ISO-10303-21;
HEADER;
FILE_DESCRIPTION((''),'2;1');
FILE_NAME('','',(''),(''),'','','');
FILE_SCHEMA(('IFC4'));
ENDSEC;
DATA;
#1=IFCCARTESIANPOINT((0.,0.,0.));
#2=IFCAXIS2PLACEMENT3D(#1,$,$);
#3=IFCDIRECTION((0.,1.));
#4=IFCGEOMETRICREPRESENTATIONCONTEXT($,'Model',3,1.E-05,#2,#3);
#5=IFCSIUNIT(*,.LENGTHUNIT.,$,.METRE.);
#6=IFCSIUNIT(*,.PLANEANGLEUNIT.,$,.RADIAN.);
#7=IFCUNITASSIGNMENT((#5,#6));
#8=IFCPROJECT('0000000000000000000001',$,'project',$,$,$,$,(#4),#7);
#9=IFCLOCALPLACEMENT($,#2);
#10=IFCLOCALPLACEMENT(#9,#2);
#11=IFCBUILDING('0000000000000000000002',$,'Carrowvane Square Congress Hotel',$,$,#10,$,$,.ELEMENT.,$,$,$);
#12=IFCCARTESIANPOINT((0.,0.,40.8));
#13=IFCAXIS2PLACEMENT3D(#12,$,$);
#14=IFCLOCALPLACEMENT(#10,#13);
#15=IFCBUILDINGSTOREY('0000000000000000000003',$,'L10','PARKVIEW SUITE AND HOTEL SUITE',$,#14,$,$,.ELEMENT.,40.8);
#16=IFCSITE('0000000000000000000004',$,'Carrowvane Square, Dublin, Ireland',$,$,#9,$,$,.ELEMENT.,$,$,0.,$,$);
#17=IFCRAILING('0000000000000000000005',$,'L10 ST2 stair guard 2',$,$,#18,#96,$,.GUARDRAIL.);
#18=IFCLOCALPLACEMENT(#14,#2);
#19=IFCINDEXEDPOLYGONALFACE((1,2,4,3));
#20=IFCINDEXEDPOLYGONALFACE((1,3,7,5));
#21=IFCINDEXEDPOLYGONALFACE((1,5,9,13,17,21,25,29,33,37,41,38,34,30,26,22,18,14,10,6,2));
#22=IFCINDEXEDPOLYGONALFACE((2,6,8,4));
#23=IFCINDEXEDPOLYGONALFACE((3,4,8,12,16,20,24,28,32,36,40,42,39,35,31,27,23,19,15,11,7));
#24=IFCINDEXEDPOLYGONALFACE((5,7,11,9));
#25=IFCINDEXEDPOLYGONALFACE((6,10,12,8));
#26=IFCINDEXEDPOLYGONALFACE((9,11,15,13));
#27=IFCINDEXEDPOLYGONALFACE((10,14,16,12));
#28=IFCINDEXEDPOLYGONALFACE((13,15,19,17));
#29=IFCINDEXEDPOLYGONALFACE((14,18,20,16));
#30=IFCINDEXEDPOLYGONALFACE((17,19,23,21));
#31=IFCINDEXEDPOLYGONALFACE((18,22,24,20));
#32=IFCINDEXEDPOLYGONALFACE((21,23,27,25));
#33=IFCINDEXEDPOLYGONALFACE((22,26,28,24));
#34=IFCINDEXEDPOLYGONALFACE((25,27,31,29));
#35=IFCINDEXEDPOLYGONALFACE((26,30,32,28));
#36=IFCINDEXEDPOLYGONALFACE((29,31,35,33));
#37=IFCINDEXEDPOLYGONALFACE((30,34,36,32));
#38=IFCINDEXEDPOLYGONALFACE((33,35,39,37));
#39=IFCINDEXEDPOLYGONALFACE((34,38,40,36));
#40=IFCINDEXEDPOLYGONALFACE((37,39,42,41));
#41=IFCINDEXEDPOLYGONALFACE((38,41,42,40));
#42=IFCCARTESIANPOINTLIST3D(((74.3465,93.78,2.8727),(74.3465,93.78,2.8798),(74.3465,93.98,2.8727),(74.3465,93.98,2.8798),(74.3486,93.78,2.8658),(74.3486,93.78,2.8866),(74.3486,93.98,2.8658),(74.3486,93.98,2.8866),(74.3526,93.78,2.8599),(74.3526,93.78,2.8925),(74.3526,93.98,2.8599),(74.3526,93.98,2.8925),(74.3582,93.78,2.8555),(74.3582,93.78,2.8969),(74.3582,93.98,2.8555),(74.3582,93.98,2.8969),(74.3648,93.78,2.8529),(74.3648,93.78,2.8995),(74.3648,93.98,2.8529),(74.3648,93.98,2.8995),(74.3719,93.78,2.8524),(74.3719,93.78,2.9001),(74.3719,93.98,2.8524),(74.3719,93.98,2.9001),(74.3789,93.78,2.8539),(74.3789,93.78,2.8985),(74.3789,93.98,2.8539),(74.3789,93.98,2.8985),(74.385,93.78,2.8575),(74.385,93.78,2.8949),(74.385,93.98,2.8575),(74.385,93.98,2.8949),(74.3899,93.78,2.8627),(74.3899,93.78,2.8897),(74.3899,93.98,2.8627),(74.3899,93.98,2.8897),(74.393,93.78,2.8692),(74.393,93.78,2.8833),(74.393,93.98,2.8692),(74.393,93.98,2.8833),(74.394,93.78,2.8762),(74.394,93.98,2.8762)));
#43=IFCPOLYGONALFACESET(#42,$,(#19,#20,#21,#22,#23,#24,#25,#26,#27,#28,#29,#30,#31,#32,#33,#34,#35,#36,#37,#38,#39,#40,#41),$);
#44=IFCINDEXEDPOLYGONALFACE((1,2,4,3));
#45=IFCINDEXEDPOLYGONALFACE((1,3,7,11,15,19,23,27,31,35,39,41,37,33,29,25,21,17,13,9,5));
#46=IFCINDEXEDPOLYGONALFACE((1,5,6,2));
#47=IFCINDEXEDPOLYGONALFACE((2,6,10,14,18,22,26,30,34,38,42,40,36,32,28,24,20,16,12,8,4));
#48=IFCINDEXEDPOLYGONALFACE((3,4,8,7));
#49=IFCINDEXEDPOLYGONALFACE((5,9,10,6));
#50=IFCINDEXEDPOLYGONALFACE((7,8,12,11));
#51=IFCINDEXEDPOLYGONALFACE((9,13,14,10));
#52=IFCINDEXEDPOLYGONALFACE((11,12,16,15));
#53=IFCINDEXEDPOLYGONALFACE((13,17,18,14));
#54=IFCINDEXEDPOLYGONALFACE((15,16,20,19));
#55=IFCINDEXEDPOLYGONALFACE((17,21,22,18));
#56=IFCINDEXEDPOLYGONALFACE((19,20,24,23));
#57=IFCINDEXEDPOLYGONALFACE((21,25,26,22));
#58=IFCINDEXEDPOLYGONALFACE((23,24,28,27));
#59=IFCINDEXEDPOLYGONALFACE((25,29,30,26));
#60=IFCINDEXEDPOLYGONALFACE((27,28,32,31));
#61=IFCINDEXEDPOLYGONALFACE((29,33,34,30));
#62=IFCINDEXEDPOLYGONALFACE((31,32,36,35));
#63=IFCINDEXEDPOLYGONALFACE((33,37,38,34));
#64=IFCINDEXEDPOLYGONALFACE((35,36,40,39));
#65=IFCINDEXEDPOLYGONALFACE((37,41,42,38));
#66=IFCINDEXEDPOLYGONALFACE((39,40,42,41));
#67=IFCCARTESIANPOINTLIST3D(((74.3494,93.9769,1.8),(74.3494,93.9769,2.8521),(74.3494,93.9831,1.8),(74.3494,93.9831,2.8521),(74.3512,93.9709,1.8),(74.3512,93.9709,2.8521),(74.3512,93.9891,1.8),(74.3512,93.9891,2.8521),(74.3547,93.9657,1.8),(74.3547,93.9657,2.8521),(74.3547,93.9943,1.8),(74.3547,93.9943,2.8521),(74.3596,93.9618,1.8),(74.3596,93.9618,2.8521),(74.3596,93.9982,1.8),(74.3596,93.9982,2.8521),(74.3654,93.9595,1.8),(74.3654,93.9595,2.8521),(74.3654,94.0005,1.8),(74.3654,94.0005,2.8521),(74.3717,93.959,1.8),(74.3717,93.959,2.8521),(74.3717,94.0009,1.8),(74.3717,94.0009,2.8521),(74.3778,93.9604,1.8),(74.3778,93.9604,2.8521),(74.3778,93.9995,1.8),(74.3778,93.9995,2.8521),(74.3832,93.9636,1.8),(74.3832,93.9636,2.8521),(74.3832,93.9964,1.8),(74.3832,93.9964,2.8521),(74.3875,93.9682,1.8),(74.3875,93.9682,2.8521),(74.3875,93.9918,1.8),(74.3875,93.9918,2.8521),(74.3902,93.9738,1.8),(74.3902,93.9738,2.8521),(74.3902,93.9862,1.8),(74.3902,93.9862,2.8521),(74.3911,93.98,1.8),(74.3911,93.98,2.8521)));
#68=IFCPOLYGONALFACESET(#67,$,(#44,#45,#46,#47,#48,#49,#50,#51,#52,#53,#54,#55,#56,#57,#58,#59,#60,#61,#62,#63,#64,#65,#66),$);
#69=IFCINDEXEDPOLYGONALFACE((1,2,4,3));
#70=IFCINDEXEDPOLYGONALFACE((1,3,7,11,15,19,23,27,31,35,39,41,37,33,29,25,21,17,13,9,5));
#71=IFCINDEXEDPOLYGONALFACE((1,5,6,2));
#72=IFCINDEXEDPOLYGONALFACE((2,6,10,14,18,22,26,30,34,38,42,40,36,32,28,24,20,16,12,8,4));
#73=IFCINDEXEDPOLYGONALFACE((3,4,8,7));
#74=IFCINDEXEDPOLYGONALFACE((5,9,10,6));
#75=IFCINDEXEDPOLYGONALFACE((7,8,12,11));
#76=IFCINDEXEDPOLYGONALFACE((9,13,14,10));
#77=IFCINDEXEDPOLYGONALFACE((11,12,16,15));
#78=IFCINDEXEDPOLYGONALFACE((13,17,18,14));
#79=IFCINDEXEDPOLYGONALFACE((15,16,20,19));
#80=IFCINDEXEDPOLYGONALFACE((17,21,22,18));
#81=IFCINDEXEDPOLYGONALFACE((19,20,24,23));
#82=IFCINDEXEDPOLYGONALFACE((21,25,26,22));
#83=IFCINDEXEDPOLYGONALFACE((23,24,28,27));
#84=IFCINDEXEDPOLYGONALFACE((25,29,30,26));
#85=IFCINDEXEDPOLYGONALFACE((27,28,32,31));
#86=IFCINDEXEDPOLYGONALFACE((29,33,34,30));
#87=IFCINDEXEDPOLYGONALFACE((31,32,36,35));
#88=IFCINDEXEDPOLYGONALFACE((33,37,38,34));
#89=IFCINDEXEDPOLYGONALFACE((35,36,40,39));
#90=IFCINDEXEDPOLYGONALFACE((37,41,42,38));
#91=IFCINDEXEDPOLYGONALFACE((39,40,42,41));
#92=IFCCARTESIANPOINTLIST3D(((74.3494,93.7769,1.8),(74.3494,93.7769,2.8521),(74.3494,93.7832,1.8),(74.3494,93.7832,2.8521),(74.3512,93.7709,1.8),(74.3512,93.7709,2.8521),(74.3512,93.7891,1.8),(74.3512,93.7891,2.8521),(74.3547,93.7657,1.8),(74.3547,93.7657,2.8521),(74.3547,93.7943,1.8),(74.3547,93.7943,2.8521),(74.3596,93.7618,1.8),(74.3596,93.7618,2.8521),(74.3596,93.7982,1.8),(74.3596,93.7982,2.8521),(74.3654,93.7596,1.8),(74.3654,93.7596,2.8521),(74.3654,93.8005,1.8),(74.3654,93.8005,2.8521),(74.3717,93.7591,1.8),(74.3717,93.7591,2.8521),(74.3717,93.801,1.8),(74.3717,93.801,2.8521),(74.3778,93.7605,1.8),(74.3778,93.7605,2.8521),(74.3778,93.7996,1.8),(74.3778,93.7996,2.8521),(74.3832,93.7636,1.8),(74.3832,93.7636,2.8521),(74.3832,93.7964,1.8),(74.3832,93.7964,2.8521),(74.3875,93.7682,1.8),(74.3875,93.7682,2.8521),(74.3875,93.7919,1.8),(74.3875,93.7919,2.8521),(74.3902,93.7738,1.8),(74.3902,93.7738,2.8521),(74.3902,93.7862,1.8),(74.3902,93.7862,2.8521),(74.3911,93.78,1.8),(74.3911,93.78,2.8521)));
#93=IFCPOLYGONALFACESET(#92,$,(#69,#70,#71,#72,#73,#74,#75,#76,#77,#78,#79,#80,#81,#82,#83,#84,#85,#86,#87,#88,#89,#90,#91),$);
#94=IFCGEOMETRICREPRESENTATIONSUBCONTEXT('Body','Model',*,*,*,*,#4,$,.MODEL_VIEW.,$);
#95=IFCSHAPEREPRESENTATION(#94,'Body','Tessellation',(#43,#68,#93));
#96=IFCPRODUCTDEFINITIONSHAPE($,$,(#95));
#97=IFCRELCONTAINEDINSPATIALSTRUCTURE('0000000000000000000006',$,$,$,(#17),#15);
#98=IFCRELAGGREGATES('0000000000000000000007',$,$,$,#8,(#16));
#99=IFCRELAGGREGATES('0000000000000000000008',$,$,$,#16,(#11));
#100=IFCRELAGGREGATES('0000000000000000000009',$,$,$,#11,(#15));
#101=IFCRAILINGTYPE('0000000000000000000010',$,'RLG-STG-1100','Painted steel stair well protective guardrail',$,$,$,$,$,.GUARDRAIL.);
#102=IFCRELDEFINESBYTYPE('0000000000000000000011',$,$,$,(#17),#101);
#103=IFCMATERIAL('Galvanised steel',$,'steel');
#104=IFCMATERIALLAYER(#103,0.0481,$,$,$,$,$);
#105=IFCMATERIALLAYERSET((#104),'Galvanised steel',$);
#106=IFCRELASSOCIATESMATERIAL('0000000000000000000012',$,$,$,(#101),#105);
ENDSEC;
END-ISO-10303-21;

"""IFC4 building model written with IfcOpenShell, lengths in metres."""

from ifc_helpers import new_model, si_unit, direction, frame, origin, origin_2d, place, context, subcontext, project, spatial, circle, extrude, material, layer, layer_set, type_object, element, save


model = new_model("IFC4")

# Units and contexts
model_context = context("Model", 3, precision=1e-05, world=origin(), true_north=direction((0.0, 1.0)))
body_context = subcontext(model_context, "Body", "Model", "MODEL_VIEW")
ifc_project = project(units=[si_unit("LENGTHUNIT", "METRE"), si_unit("PLANEANGLEUNIT", "RADIAN")], contexts=[model_context])

# Site, building, storey
site_placement = place(None, origin())
site = spatial("IfcSite", under=ifc_project, at=site_placement, Name="Carrowvane Square, Dublin, Ireland", CompositionType="ELEMENT", RefElevation=0.0)
building_placement = place(site_placement, origin())
building = spatial("IfcBuilding", under=site, at=building_placement, Name="Carrowvane Square Congress Hotel", CompositionType="ELEMENT")
storey_placement = place(building_placement, frame((0.0, 0.0, 40.8)))
storey = spatial("IfcBuildingStorey", under=building, at=storey_placement, Name="L10", Description="PARKVIEW SUITE AND HOTEL SUITE", CompositionType="ELEMENT", Elevation=40.8)

# Railing
ifc_material_1 = material(Name="Galvanised steel", Category="steel")
ifc_layer_1 = layer(ifc_material_1, 0.0481)
ifc_layer_set_1 = layer_set([ifc_layer_1], Name="Galvanised steel")
railing_type_1 = type_object("IfcRailingType", Name="RLG-STG-1100", Description="Painted steel stair well protective guardrail", PredefinedType="GUARDRAIL", material=ifc_layer_set_1)
railing_1_placement = place(storey_placement, frame((74.3701, 93.98, 1.8)))
element("IfcRailing", 1, at=railing_1_placement, inside=storey, type_object=railing_type_1, Name="L10 ST2 stair guard 2", PredefinedType="GUARDRAIL", context=body_context, shape_type="SweptSolid", body=[
    extrude(circle(Radius=0.0239, at=origin_2d()), frame((0.0, 0.0, 1.0762), z_axis=(0.0, -1.0, 0.0), x_axis=(1.0, 0.0, 0.0)), (0.0, 0.0, 1.0), 0.2),
    extrude(circle(Radius=0.021, at=origin_2d()), origin(), (0.0, 0.0, 1.0), 1.052),
    extrude(circle(Radius=0.021, at=origin_2d()), frame((0.0, -0.2, 0.0)), (0.0, 0.0, 1.0), 1.052),
])

save(model, "model.ifc")
